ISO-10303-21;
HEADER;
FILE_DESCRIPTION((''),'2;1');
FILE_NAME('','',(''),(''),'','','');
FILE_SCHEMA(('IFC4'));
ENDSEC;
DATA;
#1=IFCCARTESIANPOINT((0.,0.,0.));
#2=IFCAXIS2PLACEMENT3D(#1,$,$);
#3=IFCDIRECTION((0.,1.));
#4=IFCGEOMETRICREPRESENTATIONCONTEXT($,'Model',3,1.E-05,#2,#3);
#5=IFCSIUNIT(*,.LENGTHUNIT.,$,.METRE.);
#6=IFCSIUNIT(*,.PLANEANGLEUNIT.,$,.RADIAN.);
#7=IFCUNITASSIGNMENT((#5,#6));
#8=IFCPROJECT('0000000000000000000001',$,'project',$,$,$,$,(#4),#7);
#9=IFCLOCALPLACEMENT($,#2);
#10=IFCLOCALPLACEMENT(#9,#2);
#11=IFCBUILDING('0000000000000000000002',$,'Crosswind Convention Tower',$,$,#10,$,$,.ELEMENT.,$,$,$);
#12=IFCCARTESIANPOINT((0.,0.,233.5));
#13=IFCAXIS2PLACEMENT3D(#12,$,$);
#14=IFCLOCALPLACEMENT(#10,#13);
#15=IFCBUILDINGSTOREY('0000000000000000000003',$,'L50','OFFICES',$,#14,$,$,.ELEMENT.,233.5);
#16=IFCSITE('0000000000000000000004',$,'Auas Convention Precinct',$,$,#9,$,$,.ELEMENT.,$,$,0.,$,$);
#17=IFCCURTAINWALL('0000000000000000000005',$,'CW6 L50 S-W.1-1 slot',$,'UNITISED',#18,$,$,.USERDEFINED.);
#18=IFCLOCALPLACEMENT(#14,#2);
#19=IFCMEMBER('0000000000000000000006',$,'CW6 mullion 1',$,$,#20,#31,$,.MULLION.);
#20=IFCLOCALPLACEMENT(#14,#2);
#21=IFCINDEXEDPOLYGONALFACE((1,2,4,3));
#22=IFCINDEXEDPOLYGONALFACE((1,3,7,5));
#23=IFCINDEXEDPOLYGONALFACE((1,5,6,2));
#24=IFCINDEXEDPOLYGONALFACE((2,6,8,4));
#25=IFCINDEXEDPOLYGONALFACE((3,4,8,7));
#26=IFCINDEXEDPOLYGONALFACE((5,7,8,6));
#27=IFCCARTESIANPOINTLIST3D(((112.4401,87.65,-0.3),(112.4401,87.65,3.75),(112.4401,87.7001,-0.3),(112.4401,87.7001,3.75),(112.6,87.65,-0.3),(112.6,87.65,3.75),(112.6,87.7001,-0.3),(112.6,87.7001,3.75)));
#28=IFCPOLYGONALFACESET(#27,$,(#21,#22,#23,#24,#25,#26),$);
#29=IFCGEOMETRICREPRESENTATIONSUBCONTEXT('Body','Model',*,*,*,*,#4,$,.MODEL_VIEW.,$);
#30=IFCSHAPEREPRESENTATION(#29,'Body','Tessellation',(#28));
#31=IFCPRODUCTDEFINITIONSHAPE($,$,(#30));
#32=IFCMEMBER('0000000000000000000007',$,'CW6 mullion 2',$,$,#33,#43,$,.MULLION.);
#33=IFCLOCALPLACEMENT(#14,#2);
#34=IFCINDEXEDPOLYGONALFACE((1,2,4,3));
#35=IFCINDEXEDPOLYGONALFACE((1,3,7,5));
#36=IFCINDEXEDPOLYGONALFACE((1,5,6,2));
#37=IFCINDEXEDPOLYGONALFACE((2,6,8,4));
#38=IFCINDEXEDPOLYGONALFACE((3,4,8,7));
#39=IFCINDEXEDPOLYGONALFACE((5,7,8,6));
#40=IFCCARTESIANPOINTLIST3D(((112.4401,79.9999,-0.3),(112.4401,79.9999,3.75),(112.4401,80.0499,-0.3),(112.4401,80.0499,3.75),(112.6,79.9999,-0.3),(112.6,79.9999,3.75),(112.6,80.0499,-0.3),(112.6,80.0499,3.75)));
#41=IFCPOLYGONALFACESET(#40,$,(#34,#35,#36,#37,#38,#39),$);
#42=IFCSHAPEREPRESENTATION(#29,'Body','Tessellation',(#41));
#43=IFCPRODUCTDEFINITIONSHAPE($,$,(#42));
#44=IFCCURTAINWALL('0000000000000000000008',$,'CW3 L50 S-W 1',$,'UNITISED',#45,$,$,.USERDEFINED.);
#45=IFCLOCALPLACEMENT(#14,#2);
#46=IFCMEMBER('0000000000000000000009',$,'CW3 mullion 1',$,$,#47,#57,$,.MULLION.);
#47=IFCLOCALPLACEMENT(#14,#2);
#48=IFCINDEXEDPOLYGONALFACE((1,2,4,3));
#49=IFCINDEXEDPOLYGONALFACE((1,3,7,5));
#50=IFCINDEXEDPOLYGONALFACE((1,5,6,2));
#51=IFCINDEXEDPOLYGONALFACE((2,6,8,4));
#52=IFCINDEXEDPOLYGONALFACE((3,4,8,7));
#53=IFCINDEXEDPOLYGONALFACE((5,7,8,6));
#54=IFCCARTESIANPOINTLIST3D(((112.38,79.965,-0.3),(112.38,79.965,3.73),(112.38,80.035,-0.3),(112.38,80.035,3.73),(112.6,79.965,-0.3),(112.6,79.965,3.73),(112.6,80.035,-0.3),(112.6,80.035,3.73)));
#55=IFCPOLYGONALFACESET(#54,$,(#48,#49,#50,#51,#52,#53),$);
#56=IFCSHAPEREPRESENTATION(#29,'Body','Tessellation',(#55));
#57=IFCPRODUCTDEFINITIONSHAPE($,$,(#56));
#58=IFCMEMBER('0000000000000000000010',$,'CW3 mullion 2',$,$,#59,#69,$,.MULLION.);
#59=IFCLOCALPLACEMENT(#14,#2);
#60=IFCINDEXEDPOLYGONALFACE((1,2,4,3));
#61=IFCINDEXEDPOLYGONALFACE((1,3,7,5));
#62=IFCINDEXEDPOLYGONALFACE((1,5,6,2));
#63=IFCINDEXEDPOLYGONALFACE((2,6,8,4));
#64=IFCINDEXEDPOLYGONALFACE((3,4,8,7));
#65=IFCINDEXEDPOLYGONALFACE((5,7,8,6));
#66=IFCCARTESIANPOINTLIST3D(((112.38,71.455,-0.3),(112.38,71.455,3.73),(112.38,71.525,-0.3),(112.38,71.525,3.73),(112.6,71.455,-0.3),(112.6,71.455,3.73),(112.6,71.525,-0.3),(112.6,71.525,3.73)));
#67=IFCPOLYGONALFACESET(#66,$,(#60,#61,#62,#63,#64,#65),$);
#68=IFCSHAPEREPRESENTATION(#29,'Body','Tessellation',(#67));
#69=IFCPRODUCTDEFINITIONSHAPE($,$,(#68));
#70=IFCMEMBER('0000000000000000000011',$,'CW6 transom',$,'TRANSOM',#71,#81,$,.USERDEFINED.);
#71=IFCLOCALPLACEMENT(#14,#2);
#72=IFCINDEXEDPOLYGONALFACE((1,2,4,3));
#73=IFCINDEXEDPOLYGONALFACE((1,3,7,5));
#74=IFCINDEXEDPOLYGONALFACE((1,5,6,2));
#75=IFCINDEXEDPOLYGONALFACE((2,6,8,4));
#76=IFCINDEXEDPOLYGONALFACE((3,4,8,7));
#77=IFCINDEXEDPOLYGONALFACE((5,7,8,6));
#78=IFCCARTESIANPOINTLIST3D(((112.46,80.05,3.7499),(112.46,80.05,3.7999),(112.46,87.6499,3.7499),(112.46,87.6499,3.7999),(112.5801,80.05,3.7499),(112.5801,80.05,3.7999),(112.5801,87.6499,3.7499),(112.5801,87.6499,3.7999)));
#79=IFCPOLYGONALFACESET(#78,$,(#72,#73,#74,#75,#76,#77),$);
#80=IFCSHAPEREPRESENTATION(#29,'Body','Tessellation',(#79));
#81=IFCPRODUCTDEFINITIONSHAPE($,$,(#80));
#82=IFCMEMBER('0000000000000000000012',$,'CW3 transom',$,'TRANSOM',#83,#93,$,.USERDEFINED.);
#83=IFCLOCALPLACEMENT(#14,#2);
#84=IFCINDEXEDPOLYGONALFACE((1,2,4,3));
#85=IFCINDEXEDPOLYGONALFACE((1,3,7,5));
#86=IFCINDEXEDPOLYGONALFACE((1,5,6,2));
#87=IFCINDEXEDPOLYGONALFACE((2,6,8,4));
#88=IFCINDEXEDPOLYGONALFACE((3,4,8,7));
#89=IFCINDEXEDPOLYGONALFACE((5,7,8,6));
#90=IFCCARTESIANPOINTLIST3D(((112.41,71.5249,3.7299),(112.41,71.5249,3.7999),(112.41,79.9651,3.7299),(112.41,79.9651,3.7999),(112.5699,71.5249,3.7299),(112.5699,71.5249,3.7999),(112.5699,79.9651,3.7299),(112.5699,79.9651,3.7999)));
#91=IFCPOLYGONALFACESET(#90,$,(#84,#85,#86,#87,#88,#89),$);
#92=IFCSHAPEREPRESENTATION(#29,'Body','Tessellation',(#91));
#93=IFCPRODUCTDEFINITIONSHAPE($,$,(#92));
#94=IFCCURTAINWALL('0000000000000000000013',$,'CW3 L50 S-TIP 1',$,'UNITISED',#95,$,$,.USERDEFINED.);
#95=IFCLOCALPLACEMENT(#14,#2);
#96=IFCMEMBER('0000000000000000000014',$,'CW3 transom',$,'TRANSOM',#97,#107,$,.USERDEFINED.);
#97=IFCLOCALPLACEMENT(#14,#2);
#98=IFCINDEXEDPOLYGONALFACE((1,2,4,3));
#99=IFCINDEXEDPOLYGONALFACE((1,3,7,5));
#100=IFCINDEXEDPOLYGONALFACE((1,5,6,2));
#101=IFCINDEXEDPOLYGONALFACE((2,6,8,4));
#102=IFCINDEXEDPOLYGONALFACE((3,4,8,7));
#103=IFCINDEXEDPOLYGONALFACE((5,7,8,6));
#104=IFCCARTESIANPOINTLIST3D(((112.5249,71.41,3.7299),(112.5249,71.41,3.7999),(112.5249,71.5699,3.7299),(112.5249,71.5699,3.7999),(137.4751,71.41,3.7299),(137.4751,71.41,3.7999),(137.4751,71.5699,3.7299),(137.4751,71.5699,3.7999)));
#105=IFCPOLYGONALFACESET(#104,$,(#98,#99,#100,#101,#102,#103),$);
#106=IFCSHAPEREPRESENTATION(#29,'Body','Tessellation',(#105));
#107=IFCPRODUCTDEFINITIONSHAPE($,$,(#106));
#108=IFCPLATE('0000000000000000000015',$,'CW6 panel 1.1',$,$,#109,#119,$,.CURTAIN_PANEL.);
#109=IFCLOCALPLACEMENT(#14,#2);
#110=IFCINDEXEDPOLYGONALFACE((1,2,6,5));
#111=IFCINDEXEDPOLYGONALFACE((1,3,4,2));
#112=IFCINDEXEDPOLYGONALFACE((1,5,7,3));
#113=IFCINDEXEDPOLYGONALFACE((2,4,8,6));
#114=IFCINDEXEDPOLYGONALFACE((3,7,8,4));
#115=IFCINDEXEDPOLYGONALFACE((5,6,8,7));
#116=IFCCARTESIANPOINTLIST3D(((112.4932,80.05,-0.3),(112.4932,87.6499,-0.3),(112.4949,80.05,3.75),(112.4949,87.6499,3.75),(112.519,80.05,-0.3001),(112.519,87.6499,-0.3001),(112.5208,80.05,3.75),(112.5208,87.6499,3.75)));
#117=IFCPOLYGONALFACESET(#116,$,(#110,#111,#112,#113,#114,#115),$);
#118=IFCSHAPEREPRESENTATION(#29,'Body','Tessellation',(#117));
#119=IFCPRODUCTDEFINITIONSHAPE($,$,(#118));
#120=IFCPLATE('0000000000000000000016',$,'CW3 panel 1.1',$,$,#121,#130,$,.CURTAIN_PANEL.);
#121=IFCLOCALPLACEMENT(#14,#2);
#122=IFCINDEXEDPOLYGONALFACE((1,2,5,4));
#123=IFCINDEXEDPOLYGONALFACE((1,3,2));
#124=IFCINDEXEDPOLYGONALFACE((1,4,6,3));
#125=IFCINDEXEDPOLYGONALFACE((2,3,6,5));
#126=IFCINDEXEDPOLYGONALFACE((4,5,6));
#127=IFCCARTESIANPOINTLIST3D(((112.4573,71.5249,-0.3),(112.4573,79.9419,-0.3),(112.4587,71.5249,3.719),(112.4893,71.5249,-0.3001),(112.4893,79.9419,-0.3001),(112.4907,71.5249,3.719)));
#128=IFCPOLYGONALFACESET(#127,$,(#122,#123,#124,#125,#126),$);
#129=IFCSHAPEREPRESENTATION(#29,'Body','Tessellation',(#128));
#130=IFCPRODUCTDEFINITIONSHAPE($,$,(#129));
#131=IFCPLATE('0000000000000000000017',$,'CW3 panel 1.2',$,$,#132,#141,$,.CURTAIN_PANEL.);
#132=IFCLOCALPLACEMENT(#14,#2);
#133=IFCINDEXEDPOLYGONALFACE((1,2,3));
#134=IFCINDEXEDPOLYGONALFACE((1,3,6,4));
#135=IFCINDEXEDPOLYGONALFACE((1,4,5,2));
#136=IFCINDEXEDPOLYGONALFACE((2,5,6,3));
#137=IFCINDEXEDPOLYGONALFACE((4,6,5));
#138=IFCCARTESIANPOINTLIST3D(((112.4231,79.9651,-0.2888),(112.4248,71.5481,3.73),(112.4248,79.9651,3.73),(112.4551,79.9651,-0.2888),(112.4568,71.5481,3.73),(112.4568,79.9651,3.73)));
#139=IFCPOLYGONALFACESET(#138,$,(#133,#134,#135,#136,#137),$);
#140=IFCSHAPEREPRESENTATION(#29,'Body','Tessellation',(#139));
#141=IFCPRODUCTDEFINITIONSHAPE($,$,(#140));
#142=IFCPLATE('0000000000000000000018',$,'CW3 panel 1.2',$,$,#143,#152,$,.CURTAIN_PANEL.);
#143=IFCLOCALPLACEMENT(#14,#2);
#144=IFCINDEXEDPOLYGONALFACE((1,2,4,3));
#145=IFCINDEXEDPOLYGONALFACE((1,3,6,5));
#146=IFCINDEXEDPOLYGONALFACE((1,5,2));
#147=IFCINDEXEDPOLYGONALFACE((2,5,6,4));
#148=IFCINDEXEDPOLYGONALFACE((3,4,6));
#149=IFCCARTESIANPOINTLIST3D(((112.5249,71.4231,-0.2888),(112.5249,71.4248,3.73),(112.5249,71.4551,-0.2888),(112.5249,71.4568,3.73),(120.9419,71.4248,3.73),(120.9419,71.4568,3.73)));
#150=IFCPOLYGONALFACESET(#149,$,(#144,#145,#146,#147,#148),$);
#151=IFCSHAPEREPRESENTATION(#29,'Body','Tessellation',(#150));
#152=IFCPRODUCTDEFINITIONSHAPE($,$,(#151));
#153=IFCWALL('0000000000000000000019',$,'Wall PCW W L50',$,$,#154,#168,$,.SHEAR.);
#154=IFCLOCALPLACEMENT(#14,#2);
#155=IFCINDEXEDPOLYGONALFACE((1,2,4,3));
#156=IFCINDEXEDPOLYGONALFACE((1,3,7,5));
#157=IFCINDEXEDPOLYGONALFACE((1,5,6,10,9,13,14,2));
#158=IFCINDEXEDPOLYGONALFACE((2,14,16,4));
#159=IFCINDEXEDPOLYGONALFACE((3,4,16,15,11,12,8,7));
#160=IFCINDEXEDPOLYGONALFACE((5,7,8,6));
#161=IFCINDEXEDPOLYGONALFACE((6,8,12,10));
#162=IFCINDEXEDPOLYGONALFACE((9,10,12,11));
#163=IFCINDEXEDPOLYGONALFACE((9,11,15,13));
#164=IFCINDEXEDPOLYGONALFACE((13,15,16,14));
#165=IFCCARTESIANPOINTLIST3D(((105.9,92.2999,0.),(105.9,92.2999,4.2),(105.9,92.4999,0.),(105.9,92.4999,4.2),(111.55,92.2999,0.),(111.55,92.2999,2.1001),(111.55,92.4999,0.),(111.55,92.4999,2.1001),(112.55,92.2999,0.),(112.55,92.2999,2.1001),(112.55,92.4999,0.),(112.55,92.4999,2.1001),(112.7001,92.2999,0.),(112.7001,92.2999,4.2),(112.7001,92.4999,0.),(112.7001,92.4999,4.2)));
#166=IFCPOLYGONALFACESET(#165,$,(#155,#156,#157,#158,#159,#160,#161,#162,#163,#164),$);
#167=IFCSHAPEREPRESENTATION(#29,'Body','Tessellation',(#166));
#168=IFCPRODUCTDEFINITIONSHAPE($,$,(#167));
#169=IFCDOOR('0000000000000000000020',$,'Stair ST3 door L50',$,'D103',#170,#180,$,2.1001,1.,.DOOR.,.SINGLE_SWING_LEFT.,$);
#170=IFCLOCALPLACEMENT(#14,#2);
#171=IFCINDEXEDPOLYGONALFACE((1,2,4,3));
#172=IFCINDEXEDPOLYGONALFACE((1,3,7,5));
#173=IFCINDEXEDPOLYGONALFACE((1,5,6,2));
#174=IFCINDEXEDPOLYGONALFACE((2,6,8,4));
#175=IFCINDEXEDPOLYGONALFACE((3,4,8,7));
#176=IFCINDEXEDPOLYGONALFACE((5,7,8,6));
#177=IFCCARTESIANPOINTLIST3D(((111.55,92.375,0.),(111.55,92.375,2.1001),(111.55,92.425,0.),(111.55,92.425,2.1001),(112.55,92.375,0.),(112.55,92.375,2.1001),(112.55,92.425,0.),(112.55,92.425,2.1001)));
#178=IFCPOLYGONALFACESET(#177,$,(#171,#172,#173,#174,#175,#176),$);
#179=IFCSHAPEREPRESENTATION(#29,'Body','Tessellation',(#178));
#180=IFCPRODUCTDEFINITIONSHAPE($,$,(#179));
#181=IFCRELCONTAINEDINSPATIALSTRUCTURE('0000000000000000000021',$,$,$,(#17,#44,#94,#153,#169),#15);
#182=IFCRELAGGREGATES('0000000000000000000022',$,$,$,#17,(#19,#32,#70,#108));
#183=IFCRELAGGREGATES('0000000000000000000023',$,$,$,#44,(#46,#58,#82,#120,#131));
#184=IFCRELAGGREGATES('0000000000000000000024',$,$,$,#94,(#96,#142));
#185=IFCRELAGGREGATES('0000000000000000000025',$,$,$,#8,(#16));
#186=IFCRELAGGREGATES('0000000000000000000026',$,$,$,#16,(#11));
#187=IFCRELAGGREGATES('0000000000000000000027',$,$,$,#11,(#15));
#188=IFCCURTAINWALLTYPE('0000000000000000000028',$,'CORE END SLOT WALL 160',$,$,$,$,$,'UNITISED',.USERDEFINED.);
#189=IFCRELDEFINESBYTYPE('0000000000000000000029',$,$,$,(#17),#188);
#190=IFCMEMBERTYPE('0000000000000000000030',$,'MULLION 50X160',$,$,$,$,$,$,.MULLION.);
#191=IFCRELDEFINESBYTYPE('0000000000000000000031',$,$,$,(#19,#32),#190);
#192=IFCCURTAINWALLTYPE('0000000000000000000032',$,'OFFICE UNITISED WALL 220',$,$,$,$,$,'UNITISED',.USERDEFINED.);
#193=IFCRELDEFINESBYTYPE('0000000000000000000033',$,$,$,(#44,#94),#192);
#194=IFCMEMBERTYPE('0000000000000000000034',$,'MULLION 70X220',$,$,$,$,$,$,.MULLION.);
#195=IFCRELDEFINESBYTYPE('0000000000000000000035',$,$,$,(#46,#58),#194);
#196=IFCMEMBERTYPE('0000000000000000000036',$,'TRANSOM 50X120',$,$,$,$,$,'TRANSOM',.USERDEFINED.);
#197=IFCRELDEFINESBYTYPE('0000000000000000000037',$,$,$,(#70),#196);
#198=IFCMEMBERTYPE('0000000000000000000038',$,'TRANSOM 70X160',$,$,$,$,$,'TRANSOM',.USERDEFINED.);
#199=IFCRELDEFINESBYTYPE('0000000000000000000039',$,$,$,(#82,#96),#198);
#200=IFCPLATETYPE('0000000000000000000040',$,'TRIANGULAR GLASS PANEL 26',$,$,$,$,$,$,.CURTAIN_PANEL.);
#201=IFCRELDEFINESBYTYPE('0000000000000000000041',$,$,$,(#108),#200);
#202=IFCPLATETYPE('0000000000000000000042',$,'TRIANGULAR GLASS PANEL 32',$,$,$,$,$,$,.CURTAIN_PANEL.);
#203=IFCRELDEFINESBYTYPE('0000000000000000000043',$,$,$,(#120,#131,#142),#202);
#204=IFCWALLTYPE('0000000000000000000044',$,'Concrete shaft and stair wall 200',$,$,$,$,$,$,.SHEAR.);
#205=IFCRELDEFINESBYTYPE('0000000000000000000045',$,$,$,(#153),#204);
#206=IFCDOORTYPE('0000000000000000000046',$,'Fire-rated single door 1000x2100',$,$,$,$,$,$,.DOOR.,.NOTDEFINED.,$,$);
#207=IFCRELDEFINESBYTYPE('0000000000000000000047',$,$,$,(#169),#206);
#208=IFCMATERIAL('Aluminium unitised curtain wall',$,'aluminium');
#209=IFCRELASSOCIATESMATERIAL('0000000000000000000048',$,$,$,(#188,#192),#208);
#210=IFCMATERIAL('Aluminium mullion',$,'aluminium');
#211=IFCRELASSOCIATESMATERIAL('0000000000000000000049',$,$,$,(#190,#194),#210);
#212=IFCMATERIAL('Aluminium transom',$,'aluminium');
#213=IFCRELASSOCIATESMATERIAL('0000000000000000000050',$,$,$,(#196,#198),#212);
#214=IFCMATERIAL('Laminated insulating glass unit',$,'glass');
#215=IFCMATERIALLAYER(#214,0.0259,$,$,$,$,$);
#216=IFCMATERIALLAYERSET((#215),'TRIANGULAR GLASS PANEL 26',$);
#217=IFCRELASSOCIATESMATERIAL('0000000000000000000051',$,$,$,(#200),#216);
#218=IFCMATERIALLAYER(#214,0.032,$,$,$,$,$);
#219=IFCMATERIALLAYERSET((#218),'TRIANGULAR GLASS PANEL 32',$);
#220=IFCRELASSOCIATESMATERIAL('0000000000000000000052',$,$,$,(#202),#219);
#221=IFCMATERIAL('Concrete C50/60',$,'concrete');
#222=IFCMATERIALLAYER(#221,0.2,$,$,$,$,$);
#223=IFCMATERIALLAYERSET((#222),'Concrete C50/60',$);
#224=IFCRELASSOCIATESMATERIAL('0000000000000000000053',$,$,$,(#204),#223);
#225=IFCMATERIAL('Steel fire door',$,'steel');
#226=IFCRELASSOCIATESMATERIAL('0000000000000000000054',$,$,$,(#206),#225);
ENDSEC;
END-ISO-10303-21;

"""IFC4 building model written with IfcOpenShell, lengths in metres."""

from ifc_helpers import new_model, si_unit, direction, frame, frame_2d, origin, origin_2d, place, context, subcontext, project, spatial, polyline, rectangle, outline, extrude, material, layer, layer_set, material_profile, profile_set, type_object, element, fill, aggregate, save


model = new_model("IFC4")

# Units and contexts
model_context = context("Model", 3, precision=1e-05, world=origin(), true_north=direction((0.0, 1.0)))
body_context = subcontext(model_context, "Body", "Model", "MODEL_VIEW")
ifc_project = project(units=[si_unit("LENGTHUNIT", "METRE"), si_unit("PLANEANGLEUNIT", "RADIAN")], contexts=[model_context])

# Site, building, storey
site_placement = place(None, origin())
site = spatial("IfcSite", under=ifc_project, at=site_placement, Name="Auas Convention Precinct", CompositionType="ELEMENT", RefElevation=0.0)
building_placement = place(site_placement, origin())
building = spatial("IfcBuilding", under=site, at=building_placement, Name="Crosswind Convention Tower", CompositionType="ELEMENT")
storey_placement = place(building_placement, frame((0.0, 0.0, 233.5)))
storey = spatial("IfcBuildingStorey", under=building, at=storey_placement, Name="L50", Description="OFFICES", CompositionType="ELEMENT", Elevation=233.5)

# Curtain walls, members
ifc_material_1 = material(Name="Aluminium unitised curtain wall", Category="aluminium")
curtain_wall_type_1 = type_object("IfcCurtainWallType", Name="CORE END SLOT WALL 160", ElementType="UNITISED", PredefinedType="USERDEFINED", material=ifc_material_1)
curtain_wall_1_placement = place(storey_placement, origin())
curtain_wall_1 = element("IfcCurtainWall", 1, at=curtain_wall_1_placement, inside=storey, type_object=curtain_wall_type_1, Name="CW6 L50 S-W.1-1 slot", ObjectType="UNITISED", PredefinedType="USERDEFINED")
ifc_material_2 = material(Name="Aluminium mullion", Category="aluminium")
ifc_material_profile_1 = material_profile(ifc_material_2, rectangle(XDim=0.1599, YDim=0.05, at=origin_2d()), Name="AL 160X50")
ifc_profile_set_1 = profile_set([ifc_material_profile_1], Name="Aluminium mullion")
member_type_1 = type_object("IfcMemberType", Name="MULLION 50X160", PredefinedType="MULLION", material=ifc_profile_set_1)
member_1_placement = place(storey_placement, frame((112.52, 87.675, -0.3), z_axis=(0.0, 0.0, 1.0), x_axis=(-1.0, 0.0, 0.0)))
member_1 = element("IfcMember", 2, at=member_1_placement, type_object=member_type_1, Name="CW6 mullion 1", PredefinedType="MULLION", context=body_context, shape_type="SweptSolid", body=[
    extrude(rectangle(XDim=0.1599, YDim=0.05, at=origin_2d()), origin(), (0.0, 0.0, 1.0), 4.05),
])
member_2_placement = place(storey_placement, frame((112.52, 80.0249, -0.3), z_axis=(0.0, 0.0, 1.0), x_axis=(-1.0, 0.0, 0.0)))
member_2 = element("IfcMember", 3, at=member_2_placement, type_object=member_type_1, Name="CW6 mullion 2", PredefinedType="MULLION", context=body_context, shape_type="SweptSolid", body=[
    extrude(rectangle(XDim=0.1599, YDim=0.05, at=origin_2d()), origin(), (0.0, 0.0, 1.0), 4.05),
])
curtain_wall_type_2 = type_object("IfcCurtainWallType", Name="OFFICE UNITISED WALL 220", ElementType="UNITISED", PredefinedType="USERDEFINED", material=ifc_material_1)
curtain_wall_2_placement = place(storey_placement, origin())
curtain_wall_2 = element("IfcCurtainWall", 4, at=curtain_wall_2_placement, inside=storey, type_object=curtain_wall_type_2, Name="CW3 L50 S-W 1", ObjectType="UNITISED", PredefinedType="USERDEFINED")
ifc_material_profile_2 = material_profile(ifc_material_2, rectangle(XDim=0.22, YDim=0.0701, at=origin_2d()), Name="AL 220X70")
ifc_profile_set_2 = profile_set([ifc_material_profile_2], Name="Aluminium mullion")
member_type_2 = type_object("IfcMemberType", Name="MULLION 70X220", PredefinedType="MULLION", material=ifc_profile_set_2)
member_3_placement = place(storey_placement, frame((112.49, 80.0, -0.3), z_axis=(0.0, 0.0, 1.0), x_axis=(-1.0, 0.0, 0.0)))
member_3 = element("IfcMember", 5, at=member_3_placement, type_object=member_type_2, Name="CW3 mullion 1", PredefinedType="MULLION", context=body_context, shape_type="SweptSolid", body=[
    extrude(rectangle(XDim=0.22, YDim=0.0701, at=origin_2d()), origin(), (0.0, 0.0, 1.0), 4.03),
])
member_4_placement = place(storey_placement, frame((112.49, 71.49, -0.3), z_axis=(0.0, 0.0, 1.0), x_axis=(-1.0, 0.0, 0.0)))
member_4 = element("IfcMember", 6, at=member_4_placement, type_object=member_type_2, Name="CW3 mullion 2", PredefinedType="MULLION", context=body_context, shape_type="SweptSolid", body=[
    extrude(rectangle(XDim=0.22, YDim=0.0701, at=origin_2d()), origin(), (0.0, 0.0, 1.0), 4.03),
])

# Members
ifc_material_3 = material(Name="Aluminium transom", Category="aluminium")
ifc_material_profile_3 = material_profile(ifc_material_3, rectangle(XDim=0.1201, YDim=0.05, at=origin_2d()), Name="AL 120X50")
ifc_profile_set_3 = profile_set([ifc_material_profile_3], Name="Aluminium transom")
member_type_3 = type_object("IfcMemberType", Name="TRANSOM 50X120", ElementType="TRANSOM", PredefinedType="USERDEFINED", material=ifc_profile_set_3)
member_5_placement = place(storey_placement, frame((112.52, 87.6499, 3.7749), z_axis=(0.0, -1.0, 0.0), x_axis=(1.0, 0.0, 0.0)))
member_5 = element("IfcMember", 7, at=member_5_placement, type_object=member_type_3, Name="CW6 transom", ObjectType="TRANSOM", PredefinedType="USERDEFINED", context=body_context, shape_type="SweptSolid", body=[
    extrude(rectangle(XDim=0.1201, YDim=0.05, at=origin_2d()), origin(), (0.0, 0.0, 1.0), 7.5999),
])
ifc_material_profile_4 = material_profile(ifc_material_3, rectangle(XDim=0.1599, YDim=0.0701, at=origin_2d()), Name="AL 160X70")
ifc_profile_set_4 = profile_set([ifc_material_profile_4], Name="Aluminium transom")
member_type_4 = type_object("IfcMemberType", Name="TRANSOM 70X160", ElementType="TRANSOM", PredefinedType="USERDEFINED", material=ifc_profile_set_4)
member_6_placement = place(storey_placement, frame((112.49, 79.9651, 3.7649), z_axis=(0.0, -1.0, 0.0), x_axis=(1.0, 0.0, 0.0)))
member_6 = element("IfcMember", 8, at=member_6_placement, type_object=member_type_4, Name="CW3 transom", ObjectType="TRANSOM", PredefinedType="USERDEFINED", context=body_context, shape_type="SweptSolid", body=[
    extrude(rectangle(XDim=0.1599, YDim=0.0701, at=origin_2d()), origin(), (0.0, 0.0, 1.0), 8.4402),
])

# Curtain wall, member
curtain_wall_3_placement = place(storey_placement, origin())
curtain_wall_3 = element("IfcCurtainWall", 9, at=curtain_wall_3_placement, inside=storey, type_object=curtain_wall_type_2, Name="CW3 L50 S-TIP 1", ObjectType="UNITISED", PredefinedType="USERDEFINED")
member_7_placement = place(storey_placement, frame((112.5249, 71.49, 3.7649), z_axis=(1.0, 0.0, 0.0), x_axis=(0.0, 1.0, 0.0)))
member_7 = element("IfcMember", 10, at=member_7_placement, type_object=member_type_4, Name="CW3 transom", ObjectType="TRANSOM", PredefinedType="USERDEFINED", context=body_context, shape_type="SweptSolid", body=[
    extrude(rectangle(XDim=0.1599, YDim=0.0701, at=origin_2d()), origin(), (0.0, 0.0, 1.0), 24.9502),
])

# Plates
ifc_material_4 = material(Name="Laminated insulating glass unit", Category="glass")
ifc_layer_1 = layer(ifc_material_4, 0.0259)
ifc_layer_set_1 = layer_set([ifc_layer_1], Name="TRIANGULAR GLASS PANEL 26")
plate_type_1 = type_object("IfcPlateType", Name="TRIANGULAR GLASS PANEL 26", PredefinedType="CURTAIN_PANEL", material=ifc_layer_set_1)
plate_1_placement = place(storey_placement, frame((112.4932, 87.6499, -0.3), z_axis=(-1.0, 0.0, 0.000422), x_axis=(0.0, -1.0, 0.0)))
plate_1 = element("IfcPlate", 11, at=plate_1_placement, type_object=plate_type_1, Name="CW6 panel 1.1", PredefinedType="CURTAIN_PANEL", context=body_context, shape_type="SweptSolid", body=[
    extrude(outline(polyline([(0.0, 0.0), (7.5999, 0.0), (7.5999, 4.05), (0.0, 4.05), (0.0, 0.0)])), origin(), (0.0, 0.0, -1.0), 0.0259),
])
aggregate(curtain_wall_1, [member_1, member_2, member_5, plate_1])
ifc_layer_2 = layer(ifc_material_4, 0.032)
ifc_layer_set_2 = layer_set([ifc_layer_2], Name="TRIANGULAR GLASS PANEL 32")
plate_type_2 = type_object("IfcPlateType", Name="TRIANGULAR GLASS PANEL 32", PredefinedType="CURTAIN_PANEL", material=ifc_layer_set_2)
plate_2_placement = place(storey_placement, frame((112.4573, 71.5249, -0.3), z_axis=(-1.0, 0.0, 0.000364), x_axis=(0.000364, 0.0, 1.0)))
plate_2 = element("IfcPlate", 12, at=plate_2_placement, type_object=plate_type_2, Name="CW3 panel 1.1", PredefinedType="CURTAIN_PANEL", context=body_context, shape_type="SweptSolid", body=[
    extrude(outline(polyline([(0.0, 0.0), (4.019, 0.0), (0.0, 8.417), (0.0, 0.0)])), origin(), (0.0, 0.0, -1.0), 0.032),
])
plate_3_placement = place(storey_placement, frame((112.4248, 79.9651, 3.73), z_axis=(-1.0, 0.0, 0.000425), x_axis=(-0.000425, 0.0, -1.0)))
plate_3 = element("IfcPlate", 13, at=plate_3_placement, type_object=plate_type_2, Name="CW3 panel 1.2", PredefinedType="CURTAIN_PANEL", context=body_context, shape_type="SweptSolid", body=[
    extrude(outline(polyline([(0.0, 0.0), (4.0188, 0.0), (0.0, 8.417), (0.0, 0.0)])), origin(), (0.0, 0.0, -1.0), 0.032),
])
plate_4_placement = place(storey_placement, frame((112.5249, 71.4248, 3.73), z_axis=(0.0, -1.0, 0.000425), x_axis=(0.0, -0.000425, -1.0)))
plate_4 = element("IfcPlate", 14, at=plate_4_placement, type_object=plate_type_2, Name="CW3 panel 1.2", PredefinedType="CURTAIN_PANEL", context=body_context, shape_type="SweptSolid", body=[
    extrude(outline(polyline([(0.0, 0.0), (4.0188, 0.0), (0.0, 8.417), (0.0, 0.0)])), origin(), (0.0, 0.0, -1.0), 0.032),
])

# Wall, opening, door
ifc_material_5 = material(Name="Concrete C50/60", Category="concrete")
ifc_layer_3 = layer(ifc_material_5, 0.2)
ifc_layer_set_3 = layer_set([ifc_layer_3], Name="Concrete C50/60")
wall_type_1 = type_object("IfcWallType", Name="Concrete shaft and stair wall 200", PredefinedType="SHEAR", material=ifc_layer_set_3)
wall_1_placement = place(storey_placement, frame((112.7, 92.3999, 0.0), z_axis=(0.0, 0.0, 1.0), x_axis=(-1.0, 0.0, 0.0)))
wall_1 = element("IfcWall", 15, at=wall_1_placement, inside=storey, type_object=wall_type_1, Name="Wall PCW W L50", PredefinedType="SHEAR", context=body_context, shape_type="SweptSolid", body=[
    extrude(rectangle(XDim=6.8, YDim=0.2, at=frame_2d((3.3999, 0.0))), origin(), (0.0, 0.0, 1.0), 4.2),
])
opening_1_placement = place(wall_1_placement, frame((0.1499, 0.0, 0.0)))
opening_1 = element("IfcOpeningElement", 16, at=opening_1_placement, cuts=wall_1, PredefinedType="OPENING", context=body_context, shape_type="SweptSolid", body=[
    extrude(rectangle(XDim=1.0, YDim=2.1001, at=frame_2d((0.5, 1.05))), frame((0.0, 0.1099, 0.0), z_axis=(0.0, -1.0, 0.0), x_axis=(1.0, 0.0, 0.0)), (0.0, 0.0, 1.0), 0.22),
])
ifc_material_6 = material(Name="Steel fire door", Category="steel")
door_type_1 = type_object("IfcDoorType", Name="Fire-rated single door 1000x2100", OperationType="NOTDEFINED", PredefinedType="DOOR", material=ifc_material_6)
door_1_placement = place(opening_1_placement, origin())
door_1 = element("IfcDoor", 17, at=door_1_placement, inside=storey, type_object=door_type_1, Name="Stair ST3 door L50", ObjectType="D103", OperationType="SINGLE_SWING_LEFT", OverallHeight=2.1001, OverallWidth=1.0, PredefinedType="DOOR", context=body_context, shape_type="SweptSolid", body=[
    extrude(rectangle(XDim=1.0, YDim=2.1001, at=frame_2d((0.5, 1.05))), frame((0.0, 0.0249, 0.0), z_axis=(0.0, -1.0, 0.0), x_axis=(1.0, 0.0, 0.0)), (0.0, 0.0, 1.0), 0.05),
])
fill(opening_1, door_1)

aggregate(curtain_wall_2, [member_3, member_4, member_6, plate_2, plate_3])
aggregate(curtain_wall_3, [member_7, plate_4])

save(model, "model.ifc")
